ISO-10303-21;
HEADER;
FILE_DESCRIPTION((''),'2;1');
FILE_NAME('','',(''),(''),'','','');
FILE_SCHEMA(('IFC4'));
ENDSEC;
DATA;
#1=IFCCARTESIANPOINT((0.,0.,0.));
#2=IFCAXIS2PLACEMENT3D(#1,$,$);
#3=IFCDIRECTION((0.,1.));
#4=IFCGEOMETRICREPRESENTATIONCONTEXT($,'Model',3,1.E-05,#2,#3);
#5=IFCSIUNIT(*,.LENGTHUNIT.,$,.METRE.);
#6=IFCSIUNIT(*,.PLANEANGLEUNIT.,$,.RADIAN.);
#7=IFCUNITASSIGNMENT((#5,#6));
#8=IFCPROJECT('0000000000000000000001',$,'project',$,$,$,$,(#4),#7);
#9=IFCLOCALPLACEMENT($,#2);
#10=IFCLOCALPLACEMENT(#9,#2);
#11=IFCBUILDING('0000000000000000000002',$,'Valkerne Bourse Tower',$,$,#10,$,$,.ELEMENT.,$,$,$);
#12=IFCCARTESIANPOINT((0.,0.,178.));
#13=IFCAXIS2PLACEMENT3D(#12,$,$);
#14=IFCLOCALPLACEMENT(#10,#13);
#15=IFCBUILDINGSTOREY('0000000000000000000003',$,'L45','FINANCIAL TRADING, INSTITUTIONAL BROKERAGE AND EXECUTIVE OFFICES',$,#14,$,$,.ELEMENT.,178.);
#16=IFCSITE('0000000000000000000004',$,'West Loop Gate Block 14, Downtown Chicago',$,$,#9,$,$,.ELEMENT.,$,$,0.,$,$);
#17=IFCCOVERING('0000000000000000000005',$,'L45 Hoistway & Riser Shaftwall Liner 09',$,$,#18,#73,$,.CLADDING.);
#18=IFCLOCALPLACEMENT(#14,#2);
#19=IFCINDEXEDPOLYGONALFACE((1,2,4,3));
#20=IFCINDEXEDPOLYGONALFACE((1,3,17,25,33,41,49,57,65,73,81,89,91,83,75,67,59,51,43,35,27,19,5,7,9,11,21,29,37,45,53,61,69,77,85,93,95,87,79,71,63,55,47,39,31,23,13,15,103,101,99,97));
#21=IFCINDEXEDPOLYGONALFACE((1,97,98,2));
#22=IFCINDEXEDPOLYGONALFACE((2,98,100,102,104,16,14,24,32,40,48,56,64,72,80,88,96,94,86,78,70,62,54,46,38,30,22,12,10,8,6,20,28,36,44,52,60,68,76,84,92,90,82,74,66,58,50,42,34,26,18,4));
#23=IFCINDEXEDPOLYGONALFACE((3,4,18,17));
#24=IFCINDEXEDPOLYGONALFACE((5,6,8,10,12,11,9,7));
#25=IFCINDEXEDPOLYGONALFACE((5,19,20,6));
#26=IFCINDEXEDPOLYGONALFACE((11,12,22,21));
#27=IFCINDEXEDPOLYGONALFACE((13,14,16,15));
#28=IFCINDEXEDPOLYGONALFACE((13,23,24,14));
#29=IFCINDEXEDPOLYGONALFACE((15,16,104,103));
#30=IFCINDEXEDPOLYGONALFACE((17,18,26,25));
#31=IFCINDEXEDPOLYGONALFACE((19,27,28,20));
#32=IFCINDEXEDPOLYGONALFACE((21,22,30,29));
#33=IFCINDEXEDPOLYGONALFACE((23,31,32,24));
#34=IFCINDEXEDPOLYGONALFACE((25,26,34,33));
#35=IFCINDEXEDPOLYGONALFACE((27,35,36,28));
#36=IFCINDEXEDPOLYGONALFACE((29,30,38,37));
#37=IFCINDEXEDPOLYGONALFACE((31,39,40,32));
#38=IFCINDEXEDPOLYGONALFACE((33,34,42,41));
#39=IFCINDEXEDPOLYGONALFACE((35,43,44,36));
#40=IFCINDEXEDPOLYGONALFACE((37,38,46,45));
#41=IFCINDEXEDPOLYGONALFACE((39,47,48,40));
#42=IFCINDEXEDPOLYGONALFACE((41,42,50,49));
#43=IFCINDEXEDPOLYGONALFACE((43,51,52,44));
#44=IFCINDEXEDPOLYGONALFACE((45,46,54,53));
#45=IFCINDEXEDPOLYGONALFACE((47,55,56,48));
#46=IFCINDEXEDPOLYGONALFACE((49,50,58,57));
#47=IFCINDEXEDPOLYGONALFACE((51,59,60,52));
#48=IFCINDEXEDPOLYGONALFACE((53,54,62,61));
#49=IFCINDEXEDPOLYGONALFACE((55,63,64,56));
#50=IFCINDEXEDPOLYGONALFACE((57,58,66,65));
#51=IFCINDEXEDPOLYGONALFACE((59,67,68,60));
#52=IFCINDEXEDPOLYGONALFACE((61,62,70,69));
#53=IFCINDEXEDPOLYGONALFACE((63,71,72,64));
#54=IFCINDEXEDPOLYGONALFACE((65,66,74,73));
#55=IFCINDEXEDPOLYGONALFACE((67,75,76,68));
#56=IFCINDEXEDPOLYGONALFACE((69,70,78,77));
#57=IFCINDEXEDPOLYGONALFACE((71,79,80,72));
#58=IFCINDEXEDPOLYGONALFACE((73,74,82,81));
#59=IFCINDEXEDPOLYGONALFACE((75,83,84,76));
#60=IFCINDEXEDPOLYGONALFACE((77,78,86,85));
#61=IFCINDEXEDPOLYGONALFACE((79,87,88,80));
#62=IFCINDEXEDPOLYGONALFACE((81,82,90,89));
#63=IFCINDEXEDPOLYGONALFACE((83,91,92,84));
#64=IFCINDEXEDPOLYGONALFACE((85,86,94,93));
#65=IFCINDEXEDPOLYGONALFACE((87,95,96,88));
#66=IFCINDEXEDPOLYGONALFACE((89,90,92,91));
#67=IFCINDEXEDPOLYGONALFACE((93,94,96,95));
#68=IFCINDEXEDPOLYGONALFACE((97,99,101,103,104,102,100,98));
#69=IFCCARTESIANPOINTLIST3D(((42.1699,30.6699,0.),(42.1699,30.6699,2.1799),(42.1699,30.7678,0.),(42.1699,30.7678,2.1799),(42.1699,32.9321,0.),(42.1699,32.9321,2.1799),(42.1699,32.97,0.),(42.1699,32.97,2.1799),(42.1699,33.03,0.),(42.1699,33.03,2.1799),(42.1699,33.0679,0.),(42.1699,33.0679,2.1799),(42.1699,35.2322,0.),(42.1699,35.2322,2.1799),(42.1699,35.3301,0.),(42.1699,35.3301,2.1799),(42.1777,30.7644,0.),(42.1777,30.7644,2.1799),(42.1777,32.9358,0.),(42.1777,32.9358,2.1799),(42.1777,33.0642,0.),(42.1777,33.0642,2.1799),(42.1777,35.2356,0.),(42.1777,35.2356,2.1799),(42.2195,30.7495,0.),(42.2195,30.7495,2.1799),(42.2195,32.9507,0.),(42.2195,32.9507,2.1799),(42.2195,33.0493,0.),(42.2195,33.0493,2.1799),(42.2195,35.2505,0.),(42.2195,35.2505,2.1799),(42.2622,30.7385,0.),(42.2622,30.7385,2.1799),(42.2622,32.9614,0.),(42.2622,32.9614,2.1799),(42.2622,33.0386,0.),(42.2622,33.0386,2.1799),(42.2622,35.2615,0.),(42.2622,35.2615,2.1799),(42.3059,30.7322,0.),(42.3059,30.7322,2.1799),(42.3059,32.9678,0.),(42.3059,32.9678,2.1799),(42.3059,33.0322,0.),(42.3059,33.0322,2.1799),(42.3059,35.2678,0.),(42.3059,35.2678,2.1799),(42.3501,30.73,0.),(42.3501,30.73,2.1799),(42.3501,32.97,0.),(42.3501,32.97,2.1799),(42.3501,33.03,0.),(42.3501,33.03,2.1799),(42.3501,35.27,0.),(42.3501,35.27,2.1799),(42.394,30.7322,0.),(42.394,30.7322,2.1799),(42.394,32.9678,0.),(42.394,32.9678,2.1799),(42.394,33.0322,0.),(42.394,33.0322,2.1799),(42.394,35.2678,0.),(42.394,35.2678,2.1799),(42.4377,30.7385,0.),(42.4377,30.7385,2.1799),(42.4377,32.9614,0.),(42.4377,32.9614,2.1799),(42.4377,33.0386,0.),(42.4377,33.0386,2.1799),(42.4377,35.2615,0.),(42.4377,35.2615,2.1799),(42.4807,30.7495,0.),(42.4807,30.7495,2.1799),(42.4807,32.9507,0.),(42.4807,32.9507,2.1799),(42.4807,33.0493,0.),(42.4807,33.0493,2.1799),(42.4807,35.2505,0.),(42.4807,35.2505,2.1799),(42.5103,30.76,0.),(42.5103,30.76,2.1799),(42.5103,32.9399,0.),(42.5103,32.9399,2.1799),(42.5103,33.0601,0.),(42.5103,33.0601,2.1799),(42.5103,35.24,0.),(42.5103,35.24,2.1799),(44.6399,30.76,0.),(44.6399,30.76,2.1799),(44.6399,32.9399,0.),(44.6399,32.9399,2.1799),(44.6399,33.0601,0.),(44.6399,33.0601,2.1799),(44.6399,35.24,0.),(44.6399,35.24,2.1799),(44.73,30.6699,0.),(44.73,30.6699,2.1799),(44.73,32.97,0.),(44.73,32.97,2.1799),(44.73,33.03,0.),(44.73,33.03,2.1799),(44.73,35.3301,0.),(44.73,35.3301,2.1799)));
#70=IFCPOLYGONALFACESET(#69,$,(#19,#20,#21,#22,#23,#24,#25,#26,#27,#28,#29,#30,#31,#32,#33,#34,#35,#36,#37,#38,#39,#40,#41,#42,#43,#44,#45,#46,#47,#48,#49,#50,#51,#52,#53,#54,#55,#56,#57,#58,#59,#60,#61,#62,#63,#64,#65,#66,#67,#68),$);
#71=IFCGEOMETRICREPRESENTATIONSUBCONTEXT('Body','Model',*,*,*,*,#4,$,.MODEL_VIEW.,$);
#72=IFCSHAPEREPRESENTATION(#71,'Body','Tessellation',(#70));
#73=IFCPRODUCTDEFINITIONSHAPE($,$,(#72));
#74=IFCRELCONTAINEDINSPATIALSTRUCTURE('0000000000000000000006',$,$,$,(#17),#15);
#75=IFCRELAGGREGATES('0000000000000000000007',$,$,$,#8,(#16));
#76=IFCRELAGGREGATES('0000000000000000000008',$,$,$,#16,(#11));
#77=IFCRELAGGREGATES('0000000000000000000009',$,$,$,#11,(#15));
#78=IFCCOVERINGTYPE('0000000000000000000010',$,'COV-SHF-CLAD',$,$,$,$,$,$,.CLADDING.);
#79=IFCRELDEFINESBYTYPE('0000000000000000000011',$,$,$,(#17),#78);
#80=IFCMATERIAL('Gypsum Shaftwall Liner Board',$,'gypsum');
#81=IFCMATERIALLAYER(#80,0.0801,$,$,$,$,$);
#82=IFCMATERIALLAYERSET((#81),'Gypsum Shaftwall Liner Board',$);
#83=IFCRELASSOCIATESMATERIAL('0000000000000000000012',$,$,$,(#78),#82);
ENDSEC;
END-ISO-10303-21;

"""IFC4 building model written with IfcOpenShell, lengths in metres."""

from ifc_helpers import new_model, si_unit, direction, frame, origin, place, context, subcontext, project, spatial, polyline, outline, extrude, material, layer, layer_set, type_object, element, save


model = new_model("IFC4")

# Units and contexts
model_context = context("Model", 3, precision=1e-05, world=origin(), true_north=direction((0.0, 1.0)))
body_context = subcontext(model_context, "Body", "Model", "MODEL_VIEW")
ifc_project = project(units=[si_unit("LENGTHUNIT", "METRE"), si_unit("PLANEANGLEUNIT", "RADIAN")], contexts=[model_context])

# Site, building, storey
site_placement = place(None, origin())
site = spatial("IfcSite", under=ifc_project, at=site_placement, Name="West Loop Gate Block 14, Downtown Chicago", CompositionType="ELEMENT", RefElevation=0.0)
building_placement = place(site_placement, origin())
building = spatial("IfcBuilding", under=site, at=building_placement, Name="Valkerne Bourse Tower", CompositionType="ELEMENT")
storey_placement = place(building_placement, frame((0.0, 0.0, 178.0)))
storey = spatial("IfcBuildingStorey", under=building, at=storey_placement, Name="L45", Description="FINANCIAL TRADING, INSTITUTIONAL BROKERAGE AND EXECUTIVE OFFICES", CompositionType="ELEMENT", Elevation=178.0)

# Covering
ifc_material_1 = material(Name="Gypsum Shaftwall Liner Board", Category="gypsum")
ifc_layer_1 = layer(ifc_material_1, 0.0801)
ifc_layer_set_1 = layer_set([ifc_layer_1], Name="Gypsum Shaftwall Liner Board")
covering_type_1 = type_object("IfcCoveringType", Name="COV-SHF-CLAD", PredefinedType="CLADDING", material=ifc_layer_set_1)
covering_1_placement = place(storey_placement, origin())
element("IfcCovering", 1, at=covering_1_placement, inside=storey, type_object=covering_type_1, Name="L45 Hoistway & Riser Shaftwall Liner 09", PredefinedType="CLADDING", context=body_context, shape_type="SweptSolid", body=[
    extrude(outline(polyline([(42.1699, 33.0679), (42.1777, 33.0642), (42.2195, 33.0493), (42.2622, 33.0386), (42.3059, 33.0322), (42.3501, 33.03), (42.394, 33.0322), (42.4377, 33.0386), (42.4807, 33.0493), (42.5103, 33.0601), (44.6399, 33.0601), (44.6399, 35.24), (42.5103, 35.24), (42.4807, 35.2505), (42.4377, 35.2615), (42.394, 35.2678), (42.3501, 35.27), (42.3059, 35.2678), (42.2622, 35.2615), (42.2195, 35.2505), (42.1777, 35.2356), (42.1699, 35.2322), (42.1699, 35.3301), (44.73, 35.3301), (44.73, 33.03), (44.73, 32.97), (44.73, 30.6699), (42.1699, 30.6699), (42.1699, 30.7678), (42.1777, 30.7644), (42.2195, 30.7495), (42.2622, 30.7385), (42.3059, 30.7322), (42.3501, 30.73), (42.394, 30.7322), (42.4377, 30.7385), (42.4807, 30.7495), (42.5103, 30.76), (44.6399, 30.76), (44.6399, 32.9399), (42.5103, 32.9399), (42.4807, 32.9507), (42.4377, 32.9614), (42.394, 32.9678), (42.3501, 32.97), (42.3059, 32.9678), (42.2622, 32.9614), (42.2195, 32.9507), (42.1777, 32.9358), (42.1699, 32.9321), (42.1699, 32.97), (42.1699, 33.03), (42.1699, 33.0679)])), origin(), (0.0, 0.0, 1.0), 2.1799),
])

save(model, "model.ifc")
